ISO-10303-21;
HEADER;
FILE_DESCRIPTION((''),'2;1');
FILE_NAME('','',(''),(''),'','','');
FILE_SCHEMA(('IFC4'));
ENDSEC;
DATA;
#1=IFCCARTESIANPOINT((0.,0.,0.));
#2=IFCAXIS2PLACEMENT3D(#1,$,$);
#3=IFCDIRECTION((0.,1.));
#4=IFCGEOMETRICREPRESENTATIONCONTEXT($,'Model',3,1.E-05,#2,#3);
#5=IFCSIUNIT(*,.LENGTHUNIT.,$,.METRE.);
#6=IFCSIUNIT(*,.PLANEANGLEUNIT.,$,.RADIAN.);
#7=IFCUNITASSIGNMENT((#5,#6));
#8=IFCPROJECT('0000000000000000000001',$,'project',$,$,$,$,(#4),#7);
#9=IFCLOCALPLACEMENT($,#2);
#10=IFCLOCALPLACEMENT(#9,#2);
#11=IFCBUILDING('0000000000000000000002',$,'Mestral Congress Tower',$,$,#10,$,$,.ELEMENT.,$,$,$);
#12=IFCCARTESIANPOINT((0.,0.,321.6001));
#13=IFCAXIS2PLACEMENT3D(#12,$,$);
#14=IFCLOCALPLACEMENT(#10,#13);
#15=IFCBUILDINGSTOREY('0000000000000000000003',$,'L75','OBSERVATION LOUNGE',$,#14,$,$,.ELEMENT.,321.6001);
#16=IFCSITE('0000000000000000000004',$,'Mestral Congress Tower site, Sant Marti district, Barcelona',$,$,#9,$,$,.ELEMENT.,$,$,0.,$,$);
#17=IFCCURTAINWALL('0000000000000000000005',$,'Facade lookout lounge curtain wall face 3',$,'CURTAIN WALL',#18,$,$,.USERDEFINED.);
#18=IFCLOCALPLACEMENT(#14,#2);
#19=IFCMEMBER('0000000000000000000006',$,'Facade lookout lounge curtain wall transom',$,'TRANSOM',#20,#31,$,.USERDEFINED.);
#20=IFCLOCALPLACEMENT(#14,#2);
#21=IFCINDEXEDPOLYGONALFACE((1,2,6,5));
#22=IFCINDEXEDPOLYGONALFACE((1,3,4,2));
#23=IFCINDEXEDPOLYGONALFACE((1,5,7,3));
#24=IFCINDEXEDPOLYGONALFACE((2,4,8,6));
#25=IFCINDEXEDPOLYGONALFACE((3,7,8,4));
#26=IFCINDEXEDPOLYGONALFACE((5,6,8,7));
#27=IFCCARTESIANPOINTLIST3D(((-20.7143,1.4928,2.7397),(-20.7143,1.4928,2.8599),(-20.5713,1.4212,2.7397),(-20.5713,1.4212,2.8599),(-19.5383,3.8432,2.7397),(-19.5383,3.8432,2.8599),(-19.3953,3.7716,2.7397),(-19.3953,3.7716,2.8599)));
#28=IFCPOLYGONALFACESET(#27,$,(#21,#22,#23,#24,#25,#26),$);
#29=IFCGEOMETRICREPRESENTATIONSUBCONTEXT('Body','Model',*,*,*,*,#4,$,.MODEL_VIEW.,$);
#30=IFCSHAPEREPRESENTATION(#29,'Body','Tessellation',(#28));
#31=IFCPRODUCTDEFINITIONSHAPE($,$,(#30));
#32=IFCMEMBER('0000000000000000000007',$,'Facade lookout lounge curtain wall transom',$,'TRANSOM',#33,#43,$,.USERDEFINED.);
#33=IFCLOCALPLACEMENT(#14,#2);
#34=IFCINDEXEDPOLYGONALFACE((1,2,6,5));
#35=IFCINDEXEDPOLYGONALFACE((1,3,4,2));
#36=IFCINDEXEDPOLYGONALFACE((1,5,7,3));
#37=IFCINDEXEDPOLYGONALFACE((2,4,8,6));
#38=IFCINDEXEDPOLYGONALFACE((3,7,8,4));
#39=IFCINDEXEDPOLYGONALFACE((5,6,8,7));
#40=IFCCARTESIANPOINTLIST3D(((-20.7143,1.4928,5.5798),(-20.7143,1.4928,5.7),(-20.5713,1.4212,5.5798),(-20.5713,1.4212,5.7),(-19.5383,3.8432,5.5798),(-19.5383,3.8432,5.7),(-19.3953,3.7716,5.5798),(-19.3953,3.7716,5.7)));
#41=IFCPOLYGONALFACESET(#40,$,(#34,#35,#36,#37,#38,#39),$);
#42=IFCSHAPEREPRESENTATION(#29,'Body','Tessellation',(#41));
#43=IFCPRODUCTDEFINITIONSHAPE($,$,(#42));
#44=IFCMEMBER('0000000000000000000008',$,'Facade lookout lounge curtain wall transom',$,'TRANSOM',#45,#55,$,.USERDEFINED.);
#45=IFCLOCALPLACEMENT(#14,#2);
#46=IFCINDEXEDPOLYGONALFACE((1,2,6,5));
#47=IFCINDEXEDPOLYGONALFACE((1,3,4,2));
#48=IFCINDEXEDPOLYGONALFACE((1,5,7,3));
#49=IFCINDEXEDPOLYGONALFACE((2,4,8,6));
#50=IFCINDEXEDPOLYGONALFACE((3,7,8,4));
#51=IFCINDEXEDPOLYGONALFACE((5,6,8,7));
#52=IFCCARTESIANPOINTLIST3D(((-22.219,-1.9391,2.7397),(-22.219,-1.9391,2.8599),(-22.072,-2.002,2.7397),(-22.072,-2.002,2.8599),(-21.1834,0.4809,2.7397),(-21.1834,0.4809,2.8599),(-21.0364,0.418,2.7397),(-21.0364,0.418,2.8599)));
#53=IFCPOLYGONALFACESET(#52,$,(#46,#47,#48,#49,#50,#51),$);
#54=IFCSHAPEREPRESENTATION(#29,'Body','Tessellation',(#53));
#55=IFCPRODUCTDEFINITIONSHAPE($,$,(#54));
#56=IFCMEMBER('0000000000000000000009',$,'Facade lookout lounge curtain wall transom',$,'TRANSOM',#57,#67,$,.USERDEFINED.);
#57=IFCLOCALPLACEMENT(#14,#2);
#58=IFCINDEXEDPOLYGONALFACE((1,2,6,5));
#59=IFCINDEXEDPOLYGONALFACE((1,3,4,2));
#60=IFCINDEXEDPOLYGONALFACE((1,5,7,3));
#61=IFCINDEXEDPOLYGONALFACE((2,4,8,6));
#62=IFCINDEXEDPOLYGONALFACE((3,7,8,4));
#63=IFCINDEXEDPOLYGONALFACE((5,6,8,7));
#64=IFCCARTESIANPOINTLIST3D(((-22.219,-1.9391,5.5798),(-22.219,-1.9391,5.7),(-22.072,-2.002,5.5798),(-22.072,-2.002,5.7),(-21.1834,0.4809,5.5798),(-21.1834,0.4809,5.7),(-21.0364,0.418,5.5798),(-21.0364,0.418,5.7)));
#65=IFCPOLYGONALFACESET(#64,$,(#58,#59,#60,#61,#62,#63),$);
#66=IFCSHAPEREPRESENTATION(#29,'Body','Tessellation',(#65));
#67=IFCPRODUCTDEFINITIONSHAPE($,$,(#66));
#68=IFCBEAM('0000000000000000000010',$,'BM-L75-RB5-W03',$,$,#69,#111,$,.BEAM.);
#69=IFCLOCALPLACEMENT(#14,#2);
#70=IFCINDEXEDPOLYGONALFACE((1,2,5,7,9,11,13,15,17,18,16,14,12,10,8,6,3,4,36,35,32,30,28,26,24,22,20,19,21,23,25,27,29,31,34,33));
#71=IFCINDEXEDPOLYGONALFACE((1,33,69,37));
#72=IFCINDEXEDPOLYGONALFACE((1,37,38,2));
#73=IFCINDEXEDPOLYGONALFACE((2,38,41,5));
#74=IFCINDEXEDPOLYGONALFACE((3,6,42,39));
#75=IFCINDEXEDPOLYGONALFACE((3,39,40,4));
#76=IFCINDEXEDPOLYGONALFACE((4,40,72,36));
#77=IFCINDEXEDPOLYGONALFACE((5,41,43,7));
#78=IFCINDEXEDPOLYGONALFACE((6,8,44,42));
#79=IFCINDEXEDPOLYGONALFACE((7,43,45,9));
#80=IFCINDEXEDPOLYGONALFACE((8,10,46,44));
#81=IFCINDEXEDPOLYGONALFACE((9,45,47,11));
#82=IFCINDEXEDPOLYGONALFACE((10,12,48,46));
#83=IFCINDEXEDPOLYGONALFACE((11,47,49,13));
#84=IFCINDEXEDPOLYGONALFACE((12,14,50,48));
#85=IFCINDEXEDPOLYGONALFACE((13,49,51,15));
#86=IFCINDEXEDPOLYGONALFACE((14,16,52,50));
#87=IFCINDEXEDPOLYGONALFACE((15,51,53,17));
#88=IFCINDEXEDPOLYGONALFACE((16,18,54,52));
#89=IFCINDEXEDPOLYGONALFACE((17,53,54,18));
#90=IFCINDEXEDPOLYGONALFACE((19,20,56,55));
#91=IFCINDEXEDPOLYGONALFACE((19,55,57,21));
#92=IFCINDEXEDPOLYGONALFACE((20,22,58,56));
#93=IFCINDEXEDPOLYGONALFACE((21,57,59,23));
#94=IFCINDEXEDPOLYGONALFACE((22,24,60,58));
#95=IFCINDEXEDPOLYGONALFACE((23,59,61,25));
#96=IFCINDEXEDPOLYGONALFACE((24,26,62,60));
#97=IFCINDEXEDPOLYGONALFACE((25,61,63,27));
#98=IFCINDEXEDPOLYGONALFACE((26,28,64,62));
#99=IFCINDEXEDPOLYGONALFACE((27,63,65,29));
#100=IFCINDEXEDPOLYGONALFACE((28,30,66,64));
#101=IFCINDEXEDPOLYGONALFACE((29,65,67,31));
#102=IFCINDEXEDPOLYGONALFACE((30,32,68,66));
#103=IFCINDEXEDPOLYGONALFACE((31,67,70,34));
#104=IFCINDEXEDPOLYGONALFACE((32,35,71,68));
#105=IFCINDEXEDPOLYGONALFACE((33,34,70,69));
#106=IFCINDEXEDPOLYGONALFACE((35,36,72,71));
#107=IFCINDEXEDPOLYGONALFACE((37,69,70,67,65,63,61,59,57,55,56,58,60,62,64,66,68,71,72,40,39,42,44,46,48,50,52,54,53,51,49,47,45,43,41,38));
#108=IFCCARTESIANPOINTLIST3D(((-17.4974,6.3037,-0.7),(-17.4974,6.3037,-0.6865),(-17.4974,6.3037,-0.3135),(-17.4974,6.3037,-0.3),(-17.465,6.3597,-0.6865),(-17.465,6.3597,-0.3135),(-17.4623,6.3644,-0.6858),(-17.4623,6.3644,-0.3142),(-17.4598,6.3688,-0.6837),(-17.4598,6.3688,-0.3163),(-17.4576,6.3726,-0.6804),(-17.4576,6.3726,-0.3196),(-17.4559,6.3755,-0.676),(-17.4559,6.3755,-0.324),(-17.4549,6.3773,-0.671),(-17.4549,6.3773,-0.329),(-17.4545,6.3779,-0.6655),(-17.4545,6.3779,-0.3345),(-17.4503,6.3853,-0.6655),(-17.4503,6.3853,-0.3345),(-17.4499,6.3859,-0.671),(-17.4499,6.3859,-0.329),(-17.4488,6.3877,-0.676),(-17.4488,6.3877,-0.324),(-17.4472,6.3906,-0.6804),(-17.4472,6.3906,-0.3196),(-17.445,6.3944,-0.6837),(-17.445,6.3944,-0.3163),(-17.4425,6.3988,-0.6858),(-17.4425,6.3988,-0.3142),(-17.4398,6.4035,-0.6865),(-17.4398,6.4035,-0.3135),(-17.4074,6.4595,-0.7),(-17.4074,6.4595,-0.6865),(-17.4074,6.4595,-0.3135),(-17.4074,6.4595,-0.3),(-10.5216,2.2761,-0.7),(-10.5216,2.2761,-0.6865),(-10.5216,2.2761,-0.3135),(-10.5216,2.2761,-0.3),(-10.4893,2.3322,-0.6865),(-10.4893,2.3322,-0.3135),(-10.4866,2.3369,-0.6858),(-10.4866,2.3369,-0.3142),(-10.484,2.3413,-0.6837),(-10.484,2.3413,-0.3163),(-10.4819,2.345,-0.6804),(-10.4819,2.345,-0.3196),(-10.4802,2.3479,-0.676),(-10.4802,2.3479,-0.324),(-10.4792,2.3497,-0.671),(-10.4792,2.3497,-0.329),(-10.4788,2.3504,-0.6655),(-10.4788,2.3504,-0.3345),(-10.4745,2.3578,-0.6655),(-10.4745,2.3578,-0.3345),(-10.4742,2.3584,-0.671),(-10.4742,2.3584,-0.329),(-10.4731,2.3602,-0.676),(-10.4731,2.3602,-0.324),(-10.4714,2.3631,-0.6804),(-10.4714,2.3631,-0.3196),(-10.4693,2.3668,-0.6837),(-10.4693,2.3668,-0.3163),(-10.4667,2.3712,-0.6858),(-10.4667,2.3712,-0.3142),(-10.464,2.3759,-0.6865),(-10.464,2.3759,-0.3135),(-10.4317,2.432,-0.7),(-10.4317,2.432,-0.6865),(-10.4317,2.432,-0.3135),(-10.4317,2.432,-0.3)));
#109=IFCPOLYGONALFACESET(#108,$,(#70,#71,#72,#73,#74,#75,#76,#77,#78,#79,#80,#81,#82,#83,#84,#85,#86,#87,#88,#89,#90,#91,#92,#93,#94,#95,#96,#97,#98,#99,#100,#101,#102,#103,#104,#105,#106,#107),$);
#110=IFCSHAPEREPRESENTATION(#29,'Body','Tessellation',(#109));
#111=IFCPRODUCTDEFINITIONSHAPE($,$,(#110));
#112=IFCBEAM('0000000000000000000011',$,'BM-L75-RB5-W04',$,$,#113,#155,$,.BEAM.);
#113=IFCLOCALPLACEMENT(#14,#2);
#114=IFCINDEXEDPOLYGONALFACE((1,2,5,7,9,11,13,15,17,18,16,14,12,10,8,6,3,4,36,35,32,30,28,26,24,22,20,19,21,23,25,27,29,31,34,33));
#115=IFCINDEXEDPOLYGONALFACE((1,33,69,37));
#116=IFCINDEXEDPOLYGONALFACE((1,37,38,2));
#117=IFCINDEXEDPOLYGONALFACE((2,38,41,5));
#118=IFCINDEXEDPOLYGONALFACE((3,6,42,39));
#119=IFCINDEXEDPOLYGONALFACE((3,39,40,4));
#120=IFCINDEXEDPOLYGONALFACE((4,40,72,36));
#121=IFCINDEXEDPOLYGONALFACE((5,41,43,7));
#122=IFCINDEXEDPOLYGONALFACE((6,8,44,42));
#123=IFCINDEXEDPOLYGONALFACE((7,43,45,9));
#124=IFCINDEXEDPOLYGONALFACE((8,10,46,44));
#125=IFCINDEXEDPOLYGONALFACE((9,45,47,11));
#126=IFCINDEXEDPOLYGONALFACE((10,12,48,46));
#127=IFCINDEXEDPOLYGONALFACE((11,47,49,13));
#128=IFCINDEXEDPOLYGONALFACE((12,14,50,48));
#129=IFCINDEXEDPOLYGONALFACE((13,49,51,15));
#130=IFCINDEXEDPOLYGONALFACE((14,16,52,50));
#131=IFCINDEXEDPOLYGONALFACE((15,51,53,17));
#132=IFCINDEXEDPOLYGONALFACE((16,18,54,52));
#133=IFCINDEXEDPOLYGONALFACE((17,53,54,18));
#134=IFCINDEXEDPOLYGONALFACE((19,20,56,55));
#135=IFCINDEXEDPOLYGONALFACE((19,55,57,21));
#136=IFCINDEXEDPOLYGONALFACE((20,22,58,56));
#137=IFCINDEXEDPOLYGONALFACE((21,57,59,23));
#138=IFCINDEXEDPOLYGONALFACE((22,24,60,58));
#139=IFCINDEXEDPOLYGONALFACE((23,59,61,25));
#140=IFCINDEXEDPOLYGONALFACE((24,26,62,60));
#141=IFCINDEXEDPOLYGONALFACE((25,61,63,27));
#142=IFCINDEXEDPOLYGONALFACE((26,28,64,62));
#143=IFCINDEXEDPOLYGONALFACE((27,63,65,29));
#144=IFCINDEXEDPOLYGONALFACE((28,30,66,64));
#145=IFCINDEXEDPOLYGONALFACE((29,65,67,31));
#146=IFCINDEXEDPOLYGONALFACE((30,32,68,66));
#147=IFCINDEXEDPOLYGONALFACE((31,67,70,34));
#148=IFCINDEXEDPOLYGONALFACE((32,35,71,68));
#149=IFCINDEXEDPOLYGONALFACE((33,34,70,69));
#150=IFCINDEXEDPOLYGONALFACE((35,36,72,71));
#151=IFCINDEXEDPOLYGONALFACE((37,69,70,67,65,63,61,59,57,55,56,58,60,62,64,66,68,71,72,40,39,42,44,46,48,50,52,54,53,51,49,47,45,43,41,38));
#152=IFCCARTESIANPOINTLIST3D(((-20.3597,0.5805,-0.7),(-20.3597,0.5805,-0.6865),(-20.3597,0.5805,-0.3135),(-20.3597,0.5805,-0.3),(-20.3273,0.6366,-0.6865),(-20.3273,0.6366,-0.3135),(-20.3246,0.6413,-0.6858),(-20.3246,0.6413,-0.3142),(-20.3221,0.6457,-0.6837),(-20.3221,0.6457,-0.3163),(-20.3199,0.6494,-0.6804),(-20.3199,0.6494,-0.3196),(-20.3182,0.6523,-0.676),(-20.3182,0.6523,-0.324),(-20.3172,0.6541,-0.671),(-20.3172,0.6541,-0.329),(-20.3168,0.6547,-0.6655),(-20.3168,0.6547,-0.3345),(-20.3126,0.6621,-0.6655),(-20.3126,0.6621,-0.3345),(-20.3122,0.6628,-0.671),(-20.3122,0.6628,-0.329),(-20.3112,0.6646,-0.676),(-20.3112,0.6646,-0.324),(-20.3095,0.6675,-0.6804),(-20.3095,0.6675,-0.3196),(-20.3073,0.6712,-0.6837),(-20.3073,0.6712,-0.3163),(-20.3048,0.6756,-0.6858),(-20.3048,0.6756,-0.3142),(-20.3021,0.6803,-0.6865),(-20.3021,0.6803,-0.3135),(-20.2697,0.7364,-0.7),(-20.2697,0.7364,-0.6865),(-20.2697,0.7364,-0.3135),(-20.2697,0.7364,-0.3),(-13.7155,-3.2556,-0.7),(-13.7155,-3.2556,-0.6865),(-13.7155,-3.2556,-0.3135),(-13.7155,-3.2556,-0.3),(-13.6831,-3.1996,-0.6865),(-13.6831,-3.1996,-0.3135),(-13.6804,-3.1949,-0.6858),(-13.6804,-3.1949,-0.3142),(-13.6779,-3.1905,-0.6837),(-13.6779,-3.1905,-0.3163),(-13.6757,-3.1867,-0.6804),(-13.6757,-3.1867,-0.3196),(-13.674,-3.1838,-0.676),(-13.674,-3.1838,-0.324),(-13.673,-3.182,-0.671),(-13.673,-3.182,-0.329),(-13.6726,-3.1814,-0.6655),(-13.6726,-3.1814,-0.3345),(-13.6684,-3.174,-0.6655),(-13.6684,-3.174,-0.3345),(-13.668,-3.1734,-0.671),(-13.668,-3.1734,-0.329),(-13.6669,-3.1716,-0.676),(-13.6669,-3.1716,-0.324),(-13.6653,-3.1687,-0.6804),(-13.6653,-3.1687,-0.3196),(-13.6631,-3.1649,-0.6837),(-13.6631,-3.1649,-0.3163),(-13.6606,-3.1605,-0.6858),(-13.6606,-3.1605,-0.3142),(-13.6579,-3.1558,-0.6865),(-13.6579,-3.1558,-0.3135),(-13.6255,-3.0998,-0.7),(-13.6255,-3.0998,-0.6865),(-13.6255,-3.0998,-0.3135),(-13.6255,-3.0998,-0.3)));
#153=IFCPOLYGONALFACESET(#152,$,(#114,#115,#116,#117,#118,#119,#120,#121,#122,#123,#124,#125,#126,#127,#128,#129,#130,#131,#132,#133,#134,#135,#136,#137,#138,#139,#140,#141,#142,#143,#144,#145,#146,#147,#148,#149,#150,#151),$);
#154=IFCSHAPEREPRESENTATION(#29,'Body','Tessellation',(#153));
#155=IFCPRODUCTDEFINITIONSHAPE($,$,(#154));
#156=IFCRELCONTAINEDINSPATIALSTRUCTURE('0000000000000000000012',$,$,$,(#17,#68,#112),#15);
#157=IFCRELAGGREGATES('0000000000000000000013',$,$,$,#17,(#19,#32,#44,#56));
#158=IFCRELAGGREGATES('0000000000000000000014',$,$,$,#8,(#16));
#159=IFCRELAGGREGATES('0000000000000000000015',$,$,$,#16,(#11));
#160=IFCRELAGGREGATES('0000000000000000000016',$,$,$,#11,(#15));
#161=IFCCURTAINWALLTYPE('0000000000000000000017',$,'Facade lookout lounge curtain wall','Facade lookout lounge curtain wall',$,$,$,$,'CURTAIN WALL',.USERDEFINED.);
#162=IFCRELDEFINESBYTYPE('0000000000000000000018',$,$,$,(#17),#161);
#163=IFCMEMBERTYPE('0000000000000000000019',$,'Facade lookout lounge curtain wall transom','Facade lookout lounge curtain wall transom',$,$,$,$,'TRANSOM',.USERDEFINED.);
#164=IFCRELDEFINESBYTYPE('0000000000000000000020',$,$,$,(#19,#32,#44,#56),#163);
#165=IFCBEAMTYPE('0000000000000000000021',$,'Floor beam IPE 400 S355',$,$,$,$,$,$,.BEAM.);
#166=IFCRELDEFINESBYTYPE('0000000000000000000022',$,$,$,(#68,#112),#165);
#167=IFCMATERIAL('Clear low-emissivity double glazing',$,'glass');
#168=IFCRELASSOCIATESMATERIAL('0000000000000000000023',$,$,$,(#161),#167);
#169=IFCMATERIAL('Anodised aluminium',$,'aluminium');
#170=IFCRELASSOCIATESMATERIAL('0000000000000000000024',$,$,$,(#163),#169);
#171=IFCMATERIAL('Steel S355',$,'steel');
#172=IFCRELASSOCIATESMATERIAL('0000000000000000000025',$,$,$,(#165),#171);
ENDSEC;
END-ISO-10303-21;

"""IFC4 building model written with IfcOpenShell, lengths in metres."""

from ifc_helpers import new_model, si_unit, direction, frame, origin, origin_2d, place, context, subcontext, project, spatial, rectangle, i_section, extrude, material, material_profile, profile_set, type_object, element, aggregate, save


model = new_model("IFC4")

# Units and contexts
model_context = context("Model", 3, precision=1e-05, world=origin(), true_north=direction((0.0, 1.0)))
body_context = subcontext(model_context, "Body", "Model", "MODEL_VIEW")
ifc_project = project(units=[si_unit("LENGTHUNIT", "METRE"), si_unit("PLANEANGLEUNIT", "RADIAN")], contexts=[model_context])

# Site, building, storey
site_placement = place(None, origin())
site = spatial("IfcSite", under=ifc_project, at=site_placement, Name="Mestral Congress Tower site, Sant Marti district, Barcelona", CompositionType="ELEMENT", RefElevation=0.0)
building_placement = place(site_placement, origin())
building = spatial("IfcBuilding", under=site, at=building_placement, Name="Mestral Congress Tower", CompositionType="ELEMENT")
storey_placement = place(building_placement, frame((0.0, 0.0, 321.6001)))
storey = spatial("IfcBuildingStorey", under=building, at=storey_placement, Name="L75", Description="OBSERVATION LOUNGE", CompositionType="ELEMENT", Elevation=321.6001)

# Curtain wall, members
ifc_material_1 = material(Name="Clear low-emissivity double glazing", Category="glass")
curtain_wall_type = type_object("IfcCurtainWallType", Name="Facade lookout lounge curtain wall", Description="Facade lookout lounge curtain wall", ElementType="CURTAIN WALL", PredefinedType="USERDEFINED", material=ifc_material_1)
curtain_wall_placement = place(storey_placement, origin())
curtain_wall = element("IfcCurtainWall", 1, at=curtain_wall_placement, inside=storey, type_object=curtain_wall_type, Name="Facade lookout lounge curtain wall face 3", ObjectType="CURTAIN WALL", PredefinedType="USERDEFINED")
ifc_material_2 = material(Name="Anodised aluminium", Category="aluminium")
ifc_material_profile_1 = material_profile(ifc_material_2, rectangle(XDim=0.1599, YDim=0.1201, at=origin_2d()), Name="CW2 transom 160 x 120")
ifc_profile_set_1 = profile_set([ifc_material_profile_1], Name="Anodised aluminium")
member_type_1 = type_object("IfcMemberType", Name="Facade lookout lounge curtain wall transom", Description="Facade lookout lounge curtain wall transom", ElementType="TRANSOM", PredefinedType="USERDEFINED", material=ifc_profile_set_1)
member_1_placement = place(storey_placement, frame((-19.4668, 3.8074, 2.7998), z_axis=(-0.447474, -0.894297, 0.0), x_axis=(0.894297, -0.447474, 0.0)))
member_1 = element("IfcMember", 2, at=member_1_placement, type_object=member_type_1, Name="Facade lookout lounge curtain wall transom", ObjectType="TRANSOM", PredefinedType="USERDEFINED", context=body_context, shape_type="SweptSolid", body=[
    extrude(rectangle(XDim=0.1599, YDim=0.1201, at=origin_2d()), origin(), (0.0, 0.0, 1.0), 2.6282),
])
member_2_placement = place(storey_placement, frame((-19.4668, 3.8074, 5.6399), z_axis=(-0.447474, -0.894297, 0.0), x_axis=(0.894297, -0.447474, 0.0)))
member_2 = element("IfcMember", 3, at=member_2_placement, type_object=member_type_1, Name="Facade lookout lounge curtain wall transom", ObjectType="TRANSOM", PredefinedType="USERDEFINED", context=body_context, shape_type="SweptSolid", body=[
    extrude(rectangle(XDim=0.1599, YDim=0.1201, at=origin_2d()), origin(), (0.0, 0.0, 1.0), 2.6282),
])
member_3_placement = place(storey_placement, frame((-21.1099, 0.4495, 2.7998), z_axis=(-0.393416, -0.919361, 0.0), x_axis=(0.919361, -0.393416, 0.0)))
member_3 = element("IfcMember", 4, at=member_3_placement, type_object=member_type_1, Name="Facade lookout lounge curtain wall transom", ObjectType="TRANSOM", PredefinedType="USERDEFINED", context=body_context, shape_type="SweptSolid", body=[
    extrude(rectangle(XDim=0.1599, YDim=0.1201, at=origin_2d()), origin(), (0.0, 0.0, 1.0), 2.6323),
])
member_4_placement = place(storey_placement, frame((-21.1099, 0.4495, 5.6399), z_axis=(-0.393416, -0.919361, 0.0), x_axis=(0.919361, -0.393416, 0.0)))
member_4 = element("IfcMember", 5, at=member_4_placement, type_object=member_type_1, Name="Facade lookout lounge curtain wall transom", ObjectType="TRANSOM", PredefinedType="USERDEFINED", context=body_context, shape_type="SweptSolid", body=[
    extrude(rectangle(XDim=0.1599, YDim=0.1201, at=origin_2d()), origin(), (0.0, 0.0, 1.0), 2.6323),
])

# Beams
ifc_material_3 = material(Name="Steel S355", Category="steel")
ifc_material_profile_2 = material_profile(ifc_material_3, i_section(OverallWidth=0.1799, OverallDepth=0.3999, WebThickness=0.0085, FlangeThickness=0.0134, FilletRadius=0.021, at=origin_2d()), Name="IPE 400")
ifc_profile_set_2 = profile_set([ifc_material_profile_2], Name="Steel S355")
beam_type_1 = type_object("IfcBeamType", Name="Floor beam IPE 400 S355", PredefinedType="BEAM", material=ifc_profile_set_2)
beam_1_placement = place(storey_placement, frame((-17.4524, 6.3816, -0.5), z_axis=(0.866021, -0.500008, 0.0), x_axis=(0.500008, 0.866021, 0.0)))
element("IfcBeam", 6, at=beam_1_placement, inside=storey, type_object=beam_type_1, Name="BM-L75-RB5-W03", PredefinedType="BEAM", context=body_context, shape_type="SweptSolid", body=[
    extrude(i_section(OverallWidth=0.1799, OverallDepth=0.3999, WebThickness=0.0085, FlangeThickness=0.0134, FilletRadius=0.021, at=origin_2d()), origin(), (0.0, 0.0, 1.0), 8.0549),
])
beam_2_placement = place(storey_placement, frame((-20.3147, 0.6584, -0.5), z_axis=(0.86602, -0.50001, 0.0), x_axis=(0.50001, 0.86602, 0.0)))
element("IfcBeam", 7, at=beam_2_placement, inside=storey, type_object=beam_type_1, Name="BM-L75-RB5-W04", PredefinedType="BEAM", context=body_context, shape_type="SweptSolid", body=[
    extrude(i_section(OverallWidth=0.1799, OverallDepth=0.3999, WebThickness=0.0085, FlangeThickness=0.0134, FilletRadius=0.021, at=origin_2d()), origin(), (0.0, 0.0, 1.0), 7.6721),
])

aggregate(curtain_wall, [member_1, member_2, member_3, member_4])

save(model, "model.ifc")
